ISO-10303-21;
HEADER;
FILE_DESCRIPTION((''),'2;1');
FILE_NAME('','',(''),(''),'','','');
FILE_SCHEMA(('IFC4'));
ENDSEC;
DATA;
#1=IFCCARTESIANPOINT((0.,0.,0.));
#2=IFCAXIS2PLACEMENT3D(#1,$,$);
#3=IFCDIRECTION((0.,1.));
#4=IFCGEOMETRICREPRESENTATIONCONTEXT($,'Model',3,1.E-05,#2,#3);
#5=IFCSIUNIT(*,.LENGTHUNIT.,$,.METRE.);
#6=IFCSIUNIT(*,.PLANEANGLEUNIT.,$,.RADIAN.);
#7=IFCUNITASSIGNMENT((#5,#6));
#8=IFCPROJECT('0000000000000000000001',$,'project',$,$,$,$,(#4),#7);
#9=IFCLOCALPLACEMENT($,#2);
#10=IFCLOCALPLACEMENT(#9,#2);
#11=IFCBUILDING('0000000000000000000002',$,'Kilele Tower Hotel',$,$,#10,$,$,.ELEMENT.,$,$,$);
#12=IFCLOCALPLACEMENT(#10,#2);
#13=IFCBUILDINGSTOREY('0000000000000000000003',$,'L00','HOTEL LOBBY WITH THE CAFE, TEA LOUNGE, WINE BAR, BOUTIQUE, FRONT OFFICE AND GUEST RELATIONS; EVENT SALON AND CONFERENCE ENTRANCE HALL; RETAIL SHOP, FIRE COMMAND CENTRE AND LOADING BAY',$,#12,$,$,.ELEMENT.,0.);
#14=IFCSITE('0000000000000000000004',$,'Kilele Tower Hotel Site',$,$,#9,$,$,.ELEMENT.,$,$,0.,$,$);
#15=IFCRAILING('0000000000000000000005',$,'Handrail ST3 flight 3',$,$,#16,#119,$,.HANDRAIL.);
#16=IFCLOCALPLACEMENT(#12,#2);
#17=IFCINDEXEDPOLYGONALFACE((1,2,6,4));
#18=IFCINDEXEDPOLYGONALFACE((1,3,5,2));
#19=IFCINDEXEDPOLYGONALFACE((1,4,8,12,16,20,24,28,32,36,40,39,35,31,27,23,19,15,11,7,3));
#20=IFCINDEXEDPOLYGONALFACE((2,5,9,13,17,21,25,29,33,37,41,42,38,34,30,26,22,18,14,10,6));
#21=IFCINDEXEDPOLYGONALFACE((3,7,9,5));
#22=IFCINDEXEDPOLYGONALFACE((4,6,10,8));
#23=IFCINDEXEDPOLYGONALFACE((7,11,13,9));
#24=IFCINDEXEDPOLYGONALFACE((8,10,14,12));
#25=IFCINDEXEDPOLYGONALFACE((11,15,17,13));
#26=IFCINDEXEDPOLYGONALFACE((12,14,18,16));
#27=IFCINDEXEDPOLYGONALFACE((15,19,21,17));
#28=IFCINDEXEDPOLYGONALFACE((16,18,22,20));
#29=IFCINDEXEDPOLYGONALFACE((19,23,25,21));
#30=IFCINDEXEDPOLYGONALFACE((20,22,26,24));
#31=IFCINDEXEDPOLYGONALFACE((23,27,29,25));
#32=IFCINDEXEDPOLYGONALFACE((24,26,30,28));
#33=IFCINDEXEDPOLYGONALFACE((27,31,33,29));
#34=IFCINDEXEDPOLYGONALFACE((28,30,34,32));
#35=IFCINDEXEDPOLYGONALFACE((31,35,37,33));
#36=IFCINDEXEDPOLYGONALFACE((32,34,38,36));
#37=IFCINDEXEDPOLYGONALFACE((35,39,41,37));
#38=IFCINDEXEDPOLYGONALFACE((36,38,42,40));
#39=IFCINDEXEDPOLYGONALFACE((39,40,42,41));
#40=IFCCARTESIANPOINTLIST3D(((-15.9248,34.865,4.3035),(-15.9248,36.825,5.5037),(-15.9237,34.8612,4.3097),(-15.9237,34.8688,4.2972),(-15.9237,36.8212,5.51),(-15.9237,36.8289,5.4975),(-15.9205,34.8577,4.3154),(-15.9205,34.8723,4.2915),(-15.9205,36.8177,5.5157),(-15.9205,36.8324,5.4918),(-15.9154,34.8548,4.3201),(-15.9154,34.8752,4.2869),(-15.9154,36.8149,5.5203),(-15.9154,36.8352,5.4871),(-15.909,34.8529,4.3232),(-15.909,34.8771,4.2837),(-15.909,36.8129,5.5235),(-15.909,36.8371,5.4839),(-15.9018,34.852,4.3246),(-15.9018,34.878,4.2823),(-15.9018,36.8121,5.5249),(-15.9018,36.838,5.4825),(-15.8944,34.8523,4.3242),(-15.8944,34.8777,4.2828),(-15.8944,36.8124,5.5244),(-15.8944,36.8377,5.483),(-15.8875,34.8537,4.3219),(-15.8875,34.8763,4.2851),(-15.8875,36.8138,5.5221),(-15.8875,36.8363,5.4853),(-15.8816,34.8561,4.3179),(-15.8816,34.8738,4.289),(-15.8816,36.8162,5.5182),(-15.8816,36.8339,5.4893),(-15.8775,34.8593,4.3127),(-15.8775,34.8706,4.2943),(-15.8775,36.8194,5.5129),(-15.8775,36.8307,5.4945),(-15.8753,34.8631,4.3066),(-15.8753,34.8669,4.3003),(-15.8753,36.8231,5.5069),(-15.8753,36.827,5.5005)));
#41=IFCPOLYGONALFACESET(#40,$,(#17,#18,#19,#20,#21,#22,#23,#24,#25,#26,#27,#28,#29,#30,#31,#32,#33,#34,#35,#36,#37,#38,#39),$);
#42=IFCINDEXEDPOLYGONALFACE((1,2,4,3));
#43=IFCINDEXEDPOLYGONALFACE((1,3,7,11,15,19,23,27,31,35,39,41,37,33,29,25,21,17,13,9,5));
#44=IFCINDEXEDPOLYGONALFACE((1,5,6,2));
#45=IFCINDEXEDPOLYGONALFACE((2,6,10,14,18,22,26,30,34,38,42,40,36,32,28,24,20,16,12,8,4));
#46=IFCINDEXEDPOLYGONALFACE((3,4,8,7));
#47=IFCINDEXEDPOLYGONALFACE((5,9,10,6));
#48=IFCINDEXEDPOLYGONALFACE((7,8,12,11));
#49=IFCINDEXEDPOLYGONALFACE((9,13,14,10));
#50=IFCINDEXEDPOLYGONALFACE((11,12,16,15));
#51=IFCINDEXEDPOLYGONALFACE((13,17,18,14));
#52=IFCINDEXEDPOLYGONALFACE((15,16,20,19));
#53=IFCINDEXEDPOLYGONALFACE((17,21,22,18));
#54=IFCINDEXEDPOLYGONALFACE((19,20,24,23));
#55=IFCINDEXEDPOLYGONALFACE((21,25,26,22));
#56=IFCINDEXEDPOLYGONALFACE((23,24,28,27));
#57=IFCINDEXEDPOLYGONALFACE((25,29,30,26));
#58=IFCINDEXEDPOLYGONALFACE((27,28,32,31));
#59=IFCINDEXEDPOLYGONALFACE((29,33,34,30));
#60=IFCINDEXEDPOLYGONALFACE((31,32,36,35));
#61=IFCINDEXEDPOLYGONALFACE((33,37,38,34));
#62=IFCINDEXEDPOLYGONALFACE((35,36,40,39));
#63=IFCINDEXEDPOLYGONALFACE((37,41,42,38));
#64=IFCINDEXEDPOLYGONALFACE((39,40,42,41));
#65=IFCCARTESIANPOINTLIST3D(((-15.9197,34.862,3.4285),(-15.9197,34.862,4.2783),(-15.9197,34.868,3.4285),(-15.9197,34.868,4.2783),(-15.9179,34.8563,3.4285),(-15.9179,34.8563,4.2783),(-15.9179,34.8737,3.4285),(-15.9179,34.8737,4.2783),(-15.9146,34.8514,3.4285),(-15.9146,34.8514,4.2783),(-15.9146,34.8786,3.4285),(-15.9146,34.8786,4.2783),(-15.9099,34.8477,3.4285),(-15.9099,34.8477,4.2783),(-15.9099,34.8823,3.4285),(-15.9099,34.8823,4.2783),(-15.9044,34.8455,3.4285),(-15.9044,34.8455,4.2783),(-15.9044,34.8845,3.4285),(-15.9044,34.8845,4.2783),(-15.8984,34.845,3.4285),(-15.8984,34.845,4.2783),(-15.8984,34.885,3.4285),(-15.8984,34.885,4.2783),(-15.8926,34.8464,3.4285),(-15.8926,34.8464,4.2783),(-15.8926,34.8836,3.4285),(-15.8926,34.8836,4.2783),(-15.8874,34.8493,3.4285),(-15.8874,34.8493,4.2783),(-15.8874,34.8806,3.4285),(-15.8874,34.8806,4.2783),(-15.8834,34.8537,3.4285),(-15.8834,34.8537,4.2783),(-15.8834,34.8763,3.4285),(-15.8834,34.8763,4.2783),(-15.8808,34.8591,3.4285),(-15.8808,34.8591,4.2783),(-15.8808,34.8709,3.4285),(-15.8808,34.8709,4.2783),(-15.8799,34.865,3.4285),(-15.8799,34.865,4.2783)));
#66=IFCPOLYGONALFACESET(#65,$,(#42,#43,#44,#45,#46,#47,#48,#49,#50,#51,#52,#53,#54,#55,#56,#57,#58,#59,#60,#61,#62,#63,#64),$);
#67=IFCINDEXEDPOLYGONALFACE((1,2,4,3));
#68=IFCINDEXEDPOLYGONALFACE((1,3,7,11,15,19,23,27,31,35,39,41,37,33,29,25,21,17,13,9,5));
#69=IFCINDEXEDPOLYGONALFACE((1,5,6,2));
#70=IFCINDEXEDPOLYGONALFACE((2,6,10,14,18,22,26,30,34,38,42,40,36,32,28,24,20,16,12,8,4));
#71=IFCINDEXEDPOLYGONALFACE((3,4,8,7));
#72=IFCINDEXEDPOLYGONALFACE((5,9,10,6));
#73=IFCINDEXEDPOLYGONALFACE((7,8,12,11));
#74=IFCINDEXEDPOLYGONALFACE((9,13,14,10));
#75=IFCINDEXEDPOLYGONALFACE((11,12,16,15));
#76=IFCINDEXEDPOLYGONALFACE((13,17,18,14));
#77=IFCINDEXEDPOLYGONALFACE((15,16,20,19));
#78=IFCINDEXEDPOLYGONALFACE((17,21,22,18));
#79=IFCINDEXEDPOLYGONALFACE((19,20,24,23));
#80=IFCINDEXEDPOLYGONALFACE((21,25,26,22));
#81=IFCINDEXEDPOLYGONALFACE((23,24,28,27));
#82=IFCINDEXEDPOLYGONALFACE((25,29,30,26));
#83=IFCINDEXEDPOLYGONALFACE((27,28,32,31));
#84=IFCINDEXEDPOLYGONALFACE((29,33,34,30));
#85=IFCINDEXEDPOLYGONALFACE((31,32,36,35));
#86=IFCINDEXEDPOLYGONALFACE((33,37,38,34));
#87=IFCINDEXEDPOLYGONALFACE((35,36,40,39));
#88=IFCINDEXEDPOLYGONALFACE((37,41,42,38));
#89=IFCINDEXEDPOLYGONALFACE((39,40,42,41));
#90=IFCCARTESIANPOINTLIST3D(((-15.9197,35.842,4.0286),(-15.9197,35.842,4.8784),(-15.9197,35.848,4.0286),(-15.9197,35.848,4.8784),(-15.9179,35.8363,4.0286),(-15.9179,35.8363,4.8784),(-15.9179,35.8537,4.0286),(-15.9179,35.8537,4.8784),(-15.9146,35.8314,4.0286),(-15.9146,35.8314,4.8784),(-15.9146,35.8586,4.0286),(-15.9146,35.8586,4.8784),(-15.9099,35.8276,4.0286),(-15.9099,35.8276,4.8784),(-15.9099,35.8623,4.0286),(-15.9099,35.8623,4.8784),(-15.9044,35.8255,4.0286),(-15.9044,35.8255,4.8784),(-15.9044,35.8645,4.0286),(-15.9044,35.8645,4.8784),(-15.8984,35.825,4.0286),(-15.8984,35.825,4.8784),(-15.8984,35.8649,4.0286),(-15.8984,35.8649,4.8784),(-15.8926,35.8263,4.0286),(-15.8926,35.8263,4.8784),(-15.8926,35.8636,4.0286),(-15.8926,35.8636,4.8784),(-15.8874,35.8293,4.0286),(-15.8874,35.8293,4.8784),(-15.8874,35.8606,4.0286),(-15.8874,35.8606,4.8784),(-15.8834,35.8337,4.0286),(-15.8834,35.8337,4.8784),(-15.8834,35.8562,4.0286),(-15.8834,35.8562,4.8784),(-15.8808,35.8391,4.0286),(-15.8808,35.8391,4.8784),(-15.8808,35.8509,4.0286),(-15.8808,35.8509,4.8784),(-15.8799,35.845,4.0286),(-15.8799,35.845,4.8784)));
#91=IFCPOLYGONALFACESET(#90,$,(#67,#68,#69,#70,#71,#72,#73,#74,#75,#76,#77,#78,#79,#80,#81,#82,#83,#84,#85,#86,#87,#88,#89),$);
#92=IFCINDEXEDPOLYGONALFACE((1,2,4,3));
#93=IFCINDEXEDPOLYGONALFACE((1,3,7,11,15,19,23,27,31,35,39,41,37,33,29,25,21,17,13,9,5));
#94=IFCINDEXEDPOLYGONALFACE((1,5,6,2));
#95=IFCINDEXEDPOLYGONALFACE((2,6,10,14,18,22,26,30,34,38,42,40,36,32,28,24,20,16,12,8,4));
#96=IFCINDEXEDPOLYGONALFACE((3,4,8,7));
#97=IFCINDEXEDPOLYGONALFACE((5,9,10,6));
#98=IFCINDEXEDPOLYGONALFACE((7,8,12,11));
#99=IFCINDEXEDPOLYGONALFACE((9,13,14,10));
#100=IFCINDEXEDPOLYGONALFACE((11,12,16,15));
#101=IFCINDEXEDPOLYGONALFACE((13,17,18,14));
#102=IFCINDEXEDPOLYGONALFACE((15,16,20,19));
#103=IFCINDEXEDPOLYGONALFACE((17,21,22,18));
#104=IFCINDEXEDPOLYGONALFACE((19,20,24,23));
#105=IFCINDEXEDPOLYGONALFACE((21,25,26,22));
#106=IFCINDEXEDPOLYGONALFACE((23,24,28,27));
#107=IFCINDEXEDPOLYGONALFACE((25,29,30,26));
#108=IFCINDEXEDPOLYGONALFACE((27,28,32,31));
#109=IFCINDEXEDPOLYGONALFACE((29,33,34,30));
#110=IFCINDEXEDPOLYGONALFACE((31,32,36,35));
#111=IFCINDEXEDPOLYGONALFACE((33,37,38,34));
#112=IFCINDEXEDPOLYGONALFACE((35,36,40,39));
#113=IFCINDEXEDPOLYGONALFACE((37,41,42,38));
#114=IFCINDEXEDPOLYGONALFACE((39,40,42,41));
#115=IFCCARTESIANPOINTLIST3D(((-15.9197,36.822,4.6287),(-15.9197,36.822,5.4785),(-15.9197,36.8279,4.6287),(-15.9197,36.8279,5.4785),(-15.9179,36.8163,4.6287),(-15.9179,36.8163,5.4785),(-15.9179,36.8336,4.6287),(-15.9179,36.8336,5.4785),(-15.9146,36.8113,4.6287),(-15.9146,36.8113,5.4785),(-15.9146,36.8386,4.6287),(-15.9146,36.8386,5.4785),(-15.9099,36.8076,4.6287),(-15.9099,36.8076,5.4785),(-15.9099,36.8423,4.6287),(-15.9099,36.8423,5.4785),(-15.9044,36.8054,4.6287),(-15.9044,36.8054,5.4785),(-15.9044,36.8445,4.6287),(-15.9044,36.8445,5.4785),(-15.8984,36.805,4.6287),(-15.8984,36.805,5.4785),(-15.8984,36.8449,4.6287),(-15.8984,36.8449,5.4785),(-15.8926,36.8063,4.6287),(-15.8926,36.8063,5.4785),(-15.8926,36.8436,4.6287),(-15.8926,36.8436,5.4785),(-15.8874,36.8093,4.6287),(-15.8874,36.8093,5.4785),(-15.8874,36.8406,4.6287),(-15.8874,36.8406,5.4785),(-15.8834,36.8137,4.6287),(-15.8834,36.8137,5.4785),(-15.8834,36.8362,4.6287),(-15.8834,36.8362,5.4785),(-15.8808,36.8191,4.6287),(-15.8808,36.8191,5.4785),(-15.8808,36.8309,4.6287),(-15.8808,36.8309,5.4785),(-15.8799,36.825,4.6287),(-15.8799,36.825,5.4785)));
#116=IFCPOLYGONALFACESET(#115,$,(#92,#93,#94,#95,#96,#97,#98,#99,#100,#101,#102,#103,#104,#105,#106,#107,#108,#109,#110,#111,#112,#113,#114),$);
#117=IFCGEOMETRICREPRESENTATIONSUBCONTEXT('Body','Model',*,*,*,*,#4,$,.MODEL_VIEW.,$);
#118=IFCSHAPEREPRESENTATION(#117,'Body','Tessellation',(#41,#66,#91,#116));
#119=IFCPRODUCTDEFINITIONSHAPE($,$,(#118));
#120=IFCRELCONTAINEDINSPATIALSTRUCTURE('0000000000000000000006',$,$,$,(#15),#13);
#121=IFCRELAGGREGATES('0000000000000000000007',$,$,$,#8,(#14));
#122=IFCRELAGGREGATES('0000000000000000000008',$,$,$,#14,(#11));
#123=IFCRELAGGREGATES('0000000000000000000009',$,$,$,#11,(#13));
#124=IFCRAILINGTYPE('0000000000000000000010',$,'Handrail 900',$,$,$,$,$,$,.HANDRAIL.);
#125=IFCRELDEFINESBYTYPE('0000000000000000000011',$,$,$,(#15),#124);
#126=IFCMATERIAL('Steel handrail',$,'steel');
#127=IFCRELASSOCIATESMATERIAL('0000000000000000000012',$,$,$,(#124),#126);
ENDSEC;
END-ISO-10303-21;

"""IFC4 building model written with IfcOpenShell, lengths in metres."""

from ifc_helpers import new_model, si_unit, direction, frame, origin, origin_2d, place, context, subcontext, project, spatial, circle, extrude, material, type_object, element, save


model = new_model("IFC4")

# Units and contexts
model_context = context("Model", 3, precision=1e-05, world=origin(), true_north=direction((0.0, 1.0)))
body_context = subcontext(model_context, "Body", "Model", "MODEL_VIEW")
ifc_project = project(units=[si_unit("LENGTHUNIT", "METRE"), si_unit("PLANEANGLEUNIT", "RADIAN")], contexts=[model_context])

# Site, building, storey
site_placement = place(None, origin())
site = spatial("IfcSite", under=ifc_project, at=site_placement, Name="Kilele Tower Hotel Site", CompositionType="ELEMENT", RefElevation=0.0)
building_placement = place(site_placement, origin())
building = spatial("IfcBuilding", under=site, at=building_placement, Name="Kilele Tower Hotel", CompositionType="ELEMENT")
storey_placement = place(building_placement, origin())
storey = spatial("IfcBuildingStorey", under=building, at=storey_placement, Name="L00", Description="HOTEL LOBBY WITH THE CAFE, TEA LOUNGE, WINE BAR, BOUTIQUE, FRONT OFFICE AND GUEST RELATIONS; EVENT SALON AND CONFERENCE ENTRANCE HALL; RETAIL SHOP, FIRE COMMAND CENTRE AND LOADING BAY", CompositionType="ELEMENT", Elevation=0.0)

# Railing
ifc_material_1 = material(Name="Steel handrail", Category="steel")
railing_type_1 = type_object("IfcRailingType", Name="Handrail 900", PredefinedType="HANDRAIL", material=ifc_material_1)
railing_1_placement = place(storey_placement, frame((-15.8999, 34.865, 3.4285)))
element("IfcRailing", 1, at=railing_1_placement, inside=storey, type_object=railing_type_1, Name="Handrail ST3 flight 3", PredefinedType="HANDRAIL", context=body_context, shape_type="SweptSolid", body=[
    extrude(circle(Radius=0.0249, at=origin_2d()), frame((0.0, 0.0, 0.875), z_axis=(0.0, 0.852809, 0.522223), x_axis=(-1.0, 0.0, 0.0)), (0.0, 0.0, 1.0), 2.2983),
    extrude(circle(Radius=0.02, at=origin_2d()), origin(), (0.0, 0.0, 1.0), 0.8499),
    extrude(circle(Radius=0.02, at=origin_2d()), frame((0.0, 0.98, 0.6001)), (0.0, 0.0, 1.0), 0.8499),
    extrude(circle(Radius=0.02, at=origin_2d()), frame((0.0, 1.96, 1.2002)), (0.0, 0.0, 1.0), 0.8499),
])

save(model, "model.ifc")
